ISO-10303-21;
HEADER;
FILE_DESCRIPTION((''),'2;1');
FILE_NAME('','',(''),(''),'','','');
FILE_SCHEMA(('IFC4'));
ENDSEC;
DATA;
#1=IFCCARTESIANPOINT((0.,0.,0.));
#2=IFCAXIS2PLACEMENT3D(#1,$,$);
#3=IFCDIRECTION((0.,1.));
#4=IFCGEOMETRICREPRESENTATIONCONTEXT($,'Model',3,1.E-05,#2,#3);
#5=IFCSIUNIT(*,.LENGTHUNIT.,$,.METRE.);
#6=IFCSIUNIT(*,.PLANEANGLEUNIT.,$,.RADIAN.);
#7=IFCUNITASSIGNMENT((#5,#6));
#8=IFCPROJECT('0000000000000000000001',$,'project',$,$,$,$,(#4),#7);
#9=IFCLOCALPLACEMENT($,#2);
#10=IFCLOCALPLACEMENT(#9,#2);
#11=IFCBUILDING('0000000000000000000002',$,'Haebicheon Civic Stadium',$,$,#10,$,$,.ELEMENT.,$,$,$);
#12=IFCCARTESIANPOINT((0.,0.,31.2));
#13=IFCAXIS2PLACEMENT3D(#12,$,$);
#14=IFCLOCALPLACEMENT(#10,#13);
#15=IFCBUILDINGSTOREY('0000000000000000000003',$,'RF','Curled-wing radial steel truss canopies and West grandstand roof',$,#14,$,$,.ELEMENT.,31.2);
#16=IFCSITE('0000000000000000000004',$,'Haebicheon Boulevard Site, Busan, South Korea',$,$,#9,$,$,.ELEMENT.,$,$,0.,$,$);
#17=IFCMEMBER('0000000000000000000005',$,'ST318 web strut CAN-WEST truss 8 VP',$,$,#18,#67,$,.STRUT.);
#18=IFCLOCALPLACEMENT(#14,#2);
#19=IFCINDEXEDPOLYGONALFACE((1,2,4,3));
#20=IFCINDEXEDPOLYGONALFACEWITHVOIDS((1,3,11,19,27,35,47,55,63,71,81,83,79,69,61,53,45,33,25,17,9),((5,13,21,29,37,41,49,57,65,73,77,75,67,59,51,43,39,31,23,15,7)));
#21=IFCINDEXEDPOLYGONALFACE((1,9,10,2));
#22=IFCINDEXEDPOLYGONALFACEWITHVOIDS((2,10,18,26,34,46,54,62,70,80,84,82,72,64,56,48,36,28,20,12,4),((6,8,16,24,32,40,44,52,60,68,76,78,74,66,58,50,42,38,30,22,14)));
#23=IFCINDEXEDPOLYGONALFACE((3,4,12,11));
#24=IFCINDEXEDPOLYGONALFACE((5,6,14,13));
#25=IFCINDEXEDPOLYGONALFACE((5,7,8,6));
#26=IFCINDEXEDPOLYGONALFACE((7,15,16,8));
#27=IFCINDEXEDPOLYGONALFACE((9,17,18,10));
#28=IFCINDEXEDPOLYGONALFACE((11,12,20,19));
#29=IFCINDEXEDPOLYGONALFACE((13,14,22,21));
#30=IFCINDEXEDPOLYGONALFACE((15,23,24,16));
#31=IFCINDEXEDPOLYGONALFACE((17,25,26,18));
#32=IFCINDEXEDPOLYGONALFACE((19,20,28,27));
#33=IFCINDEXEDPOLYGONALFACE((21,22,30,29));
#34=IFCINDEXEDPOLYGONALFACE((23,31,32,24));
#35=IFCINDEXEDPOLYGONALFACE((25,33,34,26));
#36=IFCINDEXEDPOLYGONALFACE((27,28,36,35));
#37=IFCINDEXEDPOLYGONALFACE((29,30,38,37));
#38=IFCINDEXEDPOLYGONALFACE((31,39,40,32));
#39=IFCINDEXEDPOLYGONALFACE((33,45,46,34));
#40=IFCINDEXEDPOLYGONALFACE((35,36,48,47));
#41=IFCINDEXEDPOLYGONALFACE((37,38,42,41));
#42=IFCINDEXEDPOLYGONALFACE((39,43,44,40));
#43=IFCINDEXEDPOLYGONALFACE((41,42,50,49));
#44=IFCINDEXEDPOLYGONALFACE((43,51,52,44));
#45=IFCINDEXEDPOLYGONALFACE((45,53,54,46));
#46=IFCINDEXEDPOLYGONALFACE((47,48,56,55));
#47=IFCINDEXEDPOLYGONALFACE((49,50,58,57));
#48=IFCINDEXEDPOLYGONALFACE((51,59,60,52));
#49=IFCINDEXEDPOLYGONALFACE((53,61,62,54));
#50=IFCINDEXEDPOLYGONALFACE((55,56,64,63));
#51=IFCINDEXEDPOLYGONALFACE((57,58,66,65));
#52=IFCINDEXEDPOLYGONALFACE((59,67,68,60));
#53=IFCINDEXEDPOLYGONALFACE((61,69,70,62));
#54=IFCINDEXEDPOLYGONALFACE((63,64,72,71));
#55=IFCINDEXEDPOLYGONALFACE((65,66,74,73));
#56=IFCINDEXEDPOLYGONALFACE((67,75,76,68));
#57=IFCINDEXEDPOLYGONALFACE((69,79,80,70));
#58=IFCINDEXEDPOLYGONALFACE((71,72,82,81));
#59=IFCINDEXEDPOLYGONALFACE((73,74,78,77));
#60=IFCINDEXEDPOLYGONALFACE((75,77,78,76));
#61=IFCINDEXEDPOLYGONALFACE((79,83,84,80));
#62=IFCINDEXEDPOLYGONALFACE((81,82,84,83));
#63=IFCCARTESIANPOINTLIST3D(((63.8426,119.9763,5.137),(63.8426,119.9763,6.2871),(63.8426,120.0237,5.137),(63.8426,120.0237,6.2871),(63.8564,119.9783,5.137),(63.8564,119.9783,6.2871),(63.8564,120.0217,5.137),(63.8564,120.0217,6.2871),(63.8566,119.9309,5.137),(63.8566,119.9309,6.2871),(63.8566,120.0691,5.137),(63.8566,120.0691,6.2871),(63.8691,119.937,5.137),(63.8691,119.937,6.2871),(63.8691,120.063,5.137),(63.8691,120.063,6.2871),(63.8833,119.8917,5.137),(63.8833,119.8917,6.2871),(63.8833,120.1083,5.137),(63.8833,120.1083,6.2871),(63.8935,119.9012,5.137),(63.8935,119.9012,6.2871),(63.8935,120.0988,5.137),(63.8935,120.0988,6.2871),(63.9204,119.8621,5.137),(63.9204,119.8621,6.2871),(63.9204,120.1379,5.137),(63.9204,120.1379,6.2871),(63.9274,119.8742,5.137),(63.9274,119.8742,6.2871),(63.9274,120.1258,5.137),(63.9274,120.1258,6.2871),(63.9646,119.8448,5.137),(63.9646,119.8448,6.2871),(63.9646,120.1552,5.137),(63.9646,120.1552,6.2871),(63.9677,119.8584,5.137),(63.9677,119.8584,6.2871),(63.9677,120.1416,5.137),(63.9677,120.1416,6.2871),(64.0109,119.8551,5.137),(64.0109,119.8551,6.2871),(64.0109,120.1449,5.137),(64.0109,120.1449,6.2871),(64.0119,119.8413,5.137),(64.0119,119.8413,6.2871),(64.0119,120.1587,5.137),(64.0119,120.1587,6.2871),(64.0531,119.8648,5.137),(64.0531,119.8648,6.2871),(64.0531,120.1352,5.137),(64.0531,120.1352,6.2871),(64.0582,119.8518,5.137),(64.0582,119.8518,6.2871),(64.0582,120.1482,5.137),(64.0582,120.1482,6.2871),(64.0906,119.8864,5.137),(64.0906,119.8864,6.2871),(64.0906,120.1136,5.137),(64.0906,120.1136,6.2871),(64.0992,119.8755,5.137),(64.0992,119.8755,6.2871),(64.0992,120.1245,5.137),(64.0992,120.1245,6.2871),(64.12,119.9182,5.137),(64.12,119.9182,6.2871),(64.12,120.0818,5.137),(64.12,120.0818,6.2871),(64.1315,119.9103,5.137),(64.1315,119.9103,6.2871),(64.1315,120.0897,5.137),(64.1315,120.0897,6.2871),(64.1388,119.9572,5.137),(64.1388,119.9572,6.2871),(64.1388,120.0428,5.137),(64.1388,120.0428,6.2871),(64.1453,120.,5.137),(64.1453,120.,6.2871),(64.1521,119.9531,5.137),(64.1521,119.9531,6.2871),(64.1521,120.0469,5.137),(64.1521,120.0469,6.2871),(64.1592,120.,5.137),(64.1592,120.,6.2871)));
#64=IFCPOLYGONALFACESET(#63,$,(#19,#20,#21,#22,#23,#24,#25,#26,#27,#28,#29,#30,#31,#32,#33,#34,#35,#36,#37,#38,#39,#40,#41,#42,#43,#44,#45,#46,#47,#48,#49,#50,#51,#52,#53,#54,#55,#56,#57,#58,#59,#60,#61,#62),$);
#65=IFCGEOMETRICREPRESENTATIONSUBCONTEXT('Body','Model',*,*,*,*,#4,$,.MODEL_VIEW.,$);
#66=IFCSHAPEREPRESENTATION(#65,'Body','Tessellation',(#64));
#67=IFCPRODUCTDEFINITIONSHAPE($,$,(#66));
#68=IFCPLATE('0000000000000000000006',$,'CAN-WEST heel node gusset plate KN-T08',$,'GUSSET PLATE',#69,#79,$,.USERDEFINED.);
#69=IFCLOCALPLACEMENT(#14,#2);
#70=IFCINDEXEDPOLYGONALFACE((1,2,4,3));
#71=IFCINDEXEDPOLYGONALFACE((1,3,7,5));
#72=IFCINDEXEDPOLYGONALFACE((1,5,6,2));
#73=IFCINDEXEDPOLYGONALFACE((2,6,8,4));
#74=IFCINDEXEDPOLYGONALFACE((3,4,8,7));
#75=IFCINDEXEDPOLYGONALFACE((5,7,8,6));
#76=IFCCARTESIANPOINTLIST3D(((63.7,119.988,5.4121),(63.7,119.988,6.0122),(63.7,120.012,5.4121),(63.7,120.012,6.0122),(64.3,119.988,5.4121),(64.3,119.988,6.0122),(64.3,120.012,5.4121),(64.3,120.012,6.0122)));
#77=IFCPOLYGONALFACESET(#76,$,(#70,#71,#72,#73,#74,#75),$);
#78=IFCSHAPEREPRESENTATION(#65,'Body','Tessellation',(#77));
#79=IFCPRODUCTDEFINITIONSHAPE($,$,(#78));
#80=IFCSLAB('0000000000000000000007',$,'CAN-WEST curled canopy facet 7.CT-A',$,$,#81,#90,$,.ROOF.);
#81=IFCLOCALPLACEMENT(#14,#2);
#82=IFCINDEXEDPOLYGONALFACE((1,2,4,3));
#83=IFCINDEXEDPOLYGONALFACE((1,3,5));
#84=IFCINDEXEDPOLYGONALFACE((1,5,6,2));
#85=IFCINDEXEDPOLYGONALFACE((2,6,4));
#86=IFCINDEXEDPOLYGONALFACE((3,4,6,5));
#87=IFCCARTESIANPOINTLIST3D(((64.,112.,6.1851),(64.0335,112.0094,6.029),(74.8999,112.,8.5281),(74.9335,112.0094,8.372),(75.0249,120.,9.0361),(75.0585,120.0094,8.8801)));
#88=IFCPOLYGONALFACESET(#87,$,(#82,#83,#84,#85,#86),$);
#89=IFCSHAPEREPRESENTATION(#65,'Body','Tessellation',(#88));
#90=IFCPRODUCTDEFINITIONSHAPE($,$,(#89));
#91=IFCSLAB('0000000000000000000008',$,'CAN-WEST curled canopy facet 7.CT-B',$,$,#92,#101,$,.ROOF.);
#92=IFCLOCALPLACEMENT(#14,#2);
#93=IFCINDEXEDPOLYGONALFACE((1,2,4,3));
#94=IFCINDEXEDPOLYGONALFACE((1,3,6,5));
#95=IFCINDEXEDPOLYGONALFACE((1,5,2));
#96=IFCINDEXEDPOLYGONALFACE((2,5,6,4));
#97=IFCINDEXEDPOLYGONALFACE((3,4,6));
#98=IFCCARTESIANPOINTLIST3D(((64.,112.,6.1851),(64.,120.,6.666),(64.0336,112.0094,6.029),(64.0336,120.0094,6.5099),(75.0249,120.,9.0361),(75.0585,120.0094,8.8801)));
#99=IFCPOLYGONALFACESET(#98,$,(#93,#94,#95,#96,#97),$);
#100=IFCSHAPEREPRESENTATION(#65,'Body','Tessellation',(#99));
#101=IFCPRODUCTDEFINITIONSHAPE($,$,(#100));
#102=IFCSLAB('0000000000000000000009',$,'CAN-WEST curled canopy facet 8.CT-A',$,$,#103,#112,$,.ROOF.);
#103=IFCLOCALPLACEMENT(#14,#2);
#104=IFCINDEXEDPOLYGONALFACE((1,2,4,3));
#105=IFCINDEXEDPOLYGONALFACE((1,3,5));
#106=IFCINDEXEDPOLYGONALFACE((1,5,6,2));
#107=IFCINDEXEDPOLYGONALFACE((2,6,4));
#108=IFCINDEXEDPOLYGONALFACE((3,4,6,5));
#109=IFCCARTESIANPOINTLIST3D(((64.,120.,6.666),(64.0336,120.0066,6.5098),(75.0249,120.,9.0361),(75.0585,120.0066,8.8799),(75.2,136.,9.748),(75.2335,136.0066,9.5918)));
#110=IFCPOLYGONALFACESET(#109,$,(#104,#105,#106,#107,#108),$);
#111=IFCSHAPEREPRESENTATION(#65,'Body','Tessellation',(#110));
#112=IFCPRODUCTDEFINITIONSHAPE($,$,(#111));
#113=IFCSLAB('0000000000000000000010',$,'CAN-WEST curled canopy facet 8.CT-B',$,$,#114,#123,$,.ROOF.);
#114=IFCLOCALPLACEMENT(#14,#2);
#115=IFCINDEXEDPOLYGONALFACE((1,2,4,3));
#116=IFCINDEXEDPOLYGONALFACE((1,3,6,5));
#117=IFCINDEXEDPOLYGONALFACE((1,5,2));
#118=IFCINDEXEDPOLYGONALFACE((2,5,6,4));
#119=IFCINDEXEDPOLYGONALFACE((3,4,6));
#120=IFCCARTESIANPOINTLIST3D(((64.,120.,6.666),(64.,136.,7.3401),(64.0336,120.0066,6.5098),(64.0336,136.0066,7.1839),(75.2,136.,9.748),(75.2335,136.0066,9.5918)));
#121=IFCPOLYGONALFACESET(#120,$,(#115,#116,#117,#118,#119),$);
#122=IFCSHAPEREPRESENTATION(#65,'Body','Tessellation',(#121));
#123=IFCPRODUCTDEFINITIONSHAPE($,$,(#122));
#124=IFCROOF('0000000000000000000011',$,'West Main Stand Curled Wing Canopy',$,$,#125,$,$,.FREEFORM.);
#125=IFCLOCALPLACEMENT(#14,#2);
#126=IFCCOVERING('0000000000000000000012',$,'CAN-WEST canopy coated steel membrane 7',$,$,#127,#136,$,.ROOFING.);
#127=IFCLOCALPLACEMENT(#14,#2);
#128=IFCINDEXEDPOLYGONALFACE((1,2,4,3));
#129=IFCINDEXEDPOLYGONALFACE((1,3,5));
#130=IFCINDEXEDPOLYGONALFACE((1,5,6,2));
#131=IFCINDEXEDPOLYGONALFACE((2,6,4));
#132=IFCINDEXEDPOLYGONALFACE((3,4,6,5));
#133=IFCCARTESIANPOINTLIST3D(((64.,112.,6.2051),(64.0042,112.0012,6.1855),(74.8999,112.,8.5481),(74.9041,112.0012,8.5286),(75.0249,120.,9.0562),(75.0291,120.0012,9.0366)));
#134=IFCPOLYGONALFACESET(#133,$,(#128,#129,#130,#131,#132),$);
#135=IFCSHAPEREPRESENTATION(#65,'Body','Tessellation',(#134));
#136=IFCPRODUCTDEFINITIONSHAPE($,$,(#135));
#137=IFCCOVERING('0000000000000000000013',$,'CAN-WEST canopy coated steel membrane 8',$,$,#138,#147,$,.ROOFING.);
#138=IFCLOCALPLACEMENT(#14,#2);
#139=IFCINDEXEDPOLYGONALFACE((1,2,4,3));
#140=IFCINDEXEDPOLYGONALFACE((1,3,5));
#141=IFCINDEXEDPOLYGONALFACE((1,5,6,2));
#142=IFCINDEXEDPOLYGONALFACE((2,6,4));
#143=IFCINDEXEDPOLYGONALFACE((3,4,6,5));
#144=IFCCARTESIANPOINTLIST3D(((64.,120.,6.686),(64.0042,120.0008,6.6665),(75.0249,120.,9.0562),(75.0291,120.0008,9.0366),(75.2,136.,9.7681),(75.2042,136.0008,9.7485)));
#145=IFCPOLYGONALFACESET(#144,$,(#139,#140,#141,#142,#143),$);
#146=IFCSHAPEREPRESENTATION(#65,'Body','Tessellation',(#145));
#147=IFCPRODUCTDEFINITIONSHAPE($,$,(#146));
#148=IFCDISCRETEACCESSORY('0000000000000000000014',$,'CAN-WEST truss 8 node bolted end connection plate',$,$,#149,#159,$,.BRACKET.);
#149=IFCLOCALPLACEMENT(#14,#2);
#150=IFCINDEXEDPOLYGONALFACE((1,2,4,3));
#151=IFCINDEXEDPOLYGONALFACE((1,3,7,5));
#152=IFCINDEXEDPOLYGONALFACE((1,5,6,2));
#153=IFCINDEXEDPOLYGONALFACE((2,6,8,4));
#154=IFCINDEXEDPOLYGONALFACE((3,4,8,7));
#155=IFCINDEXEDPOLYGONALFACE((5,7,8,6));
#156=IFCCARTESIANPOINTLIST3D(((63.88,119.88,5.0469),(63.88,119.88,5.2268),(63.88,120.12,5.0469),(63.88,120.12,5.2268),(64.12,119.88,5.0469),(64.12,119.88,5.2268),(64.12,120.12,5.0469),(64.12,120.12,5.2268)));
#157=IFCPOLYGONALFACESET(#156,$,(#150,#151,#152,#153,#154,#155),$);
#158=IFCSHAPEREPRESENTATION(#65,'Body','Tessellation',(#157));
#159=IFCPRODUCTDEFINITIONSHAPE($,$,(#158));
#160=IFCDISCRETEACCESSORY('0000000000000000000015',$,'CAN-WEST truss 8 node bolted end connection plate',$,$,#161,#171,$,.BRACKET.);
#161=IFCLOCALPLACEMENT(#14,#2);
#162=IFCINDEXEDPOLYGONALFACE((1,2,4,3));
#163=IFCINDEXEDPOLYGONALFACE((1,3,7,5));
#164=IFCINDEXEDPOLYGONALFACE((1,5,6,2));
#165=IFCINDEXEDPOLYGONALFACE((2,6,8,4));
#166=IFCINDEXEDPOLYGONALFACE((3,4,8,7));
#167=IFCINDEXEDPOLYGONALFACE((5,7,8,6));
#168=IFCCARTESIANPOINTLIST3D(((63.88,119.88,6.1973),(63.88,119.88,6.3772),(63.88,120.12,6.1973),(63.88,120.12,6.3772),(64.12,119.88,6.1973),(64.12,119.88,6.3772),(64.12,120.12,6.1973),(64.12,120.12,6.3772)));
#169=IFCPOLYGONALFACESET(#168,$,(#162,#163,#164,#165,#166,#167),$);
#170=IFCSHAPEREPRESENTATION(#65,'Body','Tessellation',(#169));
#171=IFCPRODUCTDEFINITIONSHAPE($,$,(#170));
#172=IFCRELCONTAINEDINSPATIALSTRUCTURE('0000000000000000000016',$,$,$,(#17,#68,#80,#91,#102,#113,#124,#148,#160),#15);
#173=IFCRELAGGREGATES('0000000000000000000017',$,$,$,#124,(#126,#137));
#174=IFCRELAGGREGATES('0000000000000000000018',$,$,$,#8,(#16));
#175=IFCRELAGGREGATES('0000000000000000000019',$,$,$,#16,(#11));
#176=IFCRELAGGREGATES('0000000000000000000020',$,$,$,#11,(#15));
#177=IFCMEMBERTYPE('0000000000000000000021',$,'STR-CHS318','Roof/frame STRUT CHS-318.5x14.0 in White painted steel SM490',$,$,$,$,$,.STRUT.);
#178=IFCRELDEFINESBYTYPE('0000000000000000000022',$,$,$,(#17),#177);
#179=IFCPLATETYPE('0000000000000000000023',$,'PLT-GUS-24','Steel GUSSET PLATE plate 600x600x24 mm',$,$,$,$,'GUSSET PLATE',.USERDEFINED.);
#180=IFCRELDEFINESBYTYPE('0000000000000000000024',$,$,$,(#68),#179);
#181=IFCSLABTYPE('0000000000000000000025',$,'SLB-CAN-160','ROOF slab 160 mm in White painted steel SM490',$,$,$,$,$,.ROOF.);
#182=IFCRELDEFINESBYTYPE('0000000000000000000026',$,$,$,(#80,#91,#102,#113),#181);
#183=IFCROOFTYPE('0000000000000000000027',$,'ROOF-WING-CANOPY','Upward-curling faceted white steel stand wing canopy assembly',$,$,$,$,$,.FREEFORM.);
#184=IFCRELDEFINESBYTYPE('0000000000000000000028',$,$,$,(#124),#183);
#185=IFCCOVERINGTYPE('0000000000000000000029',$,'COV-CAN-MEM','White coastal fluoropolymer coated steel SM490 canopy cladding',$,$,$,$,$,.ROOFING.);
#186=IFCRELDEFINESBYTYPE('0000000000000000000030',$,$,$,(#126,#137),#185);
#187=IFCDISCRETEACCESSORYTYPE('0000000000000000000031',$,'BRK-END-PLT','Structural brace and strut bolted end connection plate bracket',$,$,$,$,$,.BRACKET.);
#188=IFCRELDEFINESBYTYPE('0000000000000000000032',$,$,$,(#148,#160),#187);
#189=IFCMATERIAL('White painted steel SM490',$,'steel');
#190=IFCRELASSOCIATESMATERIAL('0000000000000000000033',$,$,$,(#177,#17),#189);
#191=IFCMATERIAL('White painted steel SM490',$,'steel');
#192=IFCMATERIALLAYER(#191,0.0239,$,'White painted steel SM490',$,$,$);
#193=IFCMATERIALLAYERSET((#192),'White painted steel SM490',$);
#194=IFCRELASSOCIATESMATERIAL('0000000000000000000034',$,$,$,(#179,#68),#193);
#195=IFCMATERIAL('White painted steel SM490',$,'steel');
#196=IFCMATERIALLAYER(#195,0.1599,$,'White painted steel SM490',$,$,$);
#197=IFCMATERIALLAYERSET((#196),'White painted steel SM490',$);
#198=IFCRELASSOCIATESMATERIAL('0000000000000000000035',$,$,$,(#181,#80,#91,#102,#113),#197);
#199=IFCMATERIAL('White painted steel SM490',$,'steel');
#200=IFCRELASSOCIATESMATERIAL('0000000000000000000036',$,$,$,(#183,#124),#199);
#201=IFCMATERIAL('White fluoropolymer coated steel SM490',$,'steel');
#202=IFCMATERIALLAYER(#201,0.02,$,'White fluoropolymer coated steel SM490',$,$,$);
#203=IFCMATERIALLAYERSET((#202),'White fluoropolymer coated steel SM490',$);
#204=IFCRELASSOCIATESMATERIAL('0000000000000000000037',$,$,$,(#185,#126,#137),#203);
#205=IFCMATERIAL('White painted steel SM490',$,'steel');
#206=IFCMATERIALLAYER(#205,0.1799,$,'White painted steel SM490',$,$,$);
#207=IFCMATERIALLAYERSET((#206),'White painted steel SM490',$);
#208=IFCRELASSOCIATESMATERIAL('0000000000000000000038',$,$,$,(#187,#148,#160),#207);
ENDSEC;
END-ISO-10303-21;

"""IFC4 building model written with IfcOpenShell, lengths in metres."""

from ifc_helpers import new_model, si_unit, direction, frame, origin, origin_2d, place, context, subcontext, project, spatial, polyline, rectangle, hollow_circle, outline, extrude, material, layer, layer_set, material_profile, profile_set, type_object, element, aggregate, save


model = new_model("IFC4")

# Units and contexts
model_context = context("Model", 3, precision=1e-05, world=origin(), true_north=direction((0.0, 1.0)))
body_context = subcontext(model_context, "Body", "Model", "MODEL_VIEW")
ifc_project = project(units=[si_unit("LENGTHUNIT", "METRE"), si_unit("PLANEANGLEUNIT", "RADIAN")], contexts=[model_context])

# Site, building, storey
site_placement = place(None, origin())
site = spatial("IfcSite", under=ifc_project, at=site_placement, Name="Haebicheon Boulevard Site, Busan, South Korea", CompositionType="ELEMENT", RefElevation=0.0)
building_placement = place(site_placement, origin())
building = spatial("IfcBuilding", under=site, at=building_placement, Name="Haebicheon Civic Stadium", CompositionType="ELEMENT")
storey_placement = place(building_placement, frame((0.0, 0.0, 31.2)))
storey = spatial("IfcBuildingStorey", under=building, at=storey_placement, Name="RF", Description="Curled-wing radial steel truss canopies and West grandstand roof", CompositionType="ELEMENT", Elevation=31.2)

# Member
ifc_material_1 = material(Name="White painted steel SM490", Category="steel")
ifc_material_profile_1 = material_profile(ifc_material_1, hollow_circle(Radius=0.1592, WallThickness=0.0139, at=origin_2d()), Name="CHS-318.5x14.0")
ifc_profile_set_1 = profile_set([ifc_material_profile_1], Name="White painted steel SM490")
member_type_1 = type_object("IfcMemberType", Name="STR-CHS318", Description="Roof/frame STRUT CHS-318.5x14.0 in White painted steel SM490", PredefinedType="STRUT", material=ifc_profile_set_1)
member_1_placement = place(storey_placement, frame((64.0, 120.0, 5.137), z_axis=(0.0, 0.0, 1.0), x_axis=(1.0, 0.0, 0.0)))
element("IfcMember", 1, at=member_1_placement, inside=storey, type_object=member_type_1, material=ifc_profile_set_1, Name="ST318 web strut CAN-WEST truss 8 VP", PredefinedType="STRUT", context=body_context, shape_type="SweptSolid", body=[
    extrude(hollow_circle(Radius=0.1592, WallThickness=0.0139, at=origin_2d()), origin(), (0.0, 0.0, 1.0), 1.1501),
])

# Plate
ifc_material_2 = material(Name="White painted steel SM490", Category="steel")
ifc_layer_1 = layer(ifc_material_2, 0.0239, Name="White painted steel SM490")
ifc_layer_set_1 = layer_set([ifc_layer_1], Name="White painted steel SM490")
plate_type = type_object("IfcPlateType", Name="PLT-GUS-24", Description="Steel GUSSET PLATE plate 600x600x24 mm", ElementType="GUSSET PLATE", PredefinedType="USERDEFINED", material=ifc_layer_set_1)
plate_placement = place(storey_placement, frame((64.0, 120.0, 5.4121), z_axis=(0.0, 0.0, 1.0), x_axis=(1.0, 0.0, 0.0)))
element("IfcPlate", 2, at=plate_placement, inside=storey, type_object=plate_type, material=ifc_layer_set_1, Name="CAN-WEST heel node gusset plate KN-T08", ObjectType="GUSSET PLATE", PredefinedType="USERDEFINED", context=body_context, shape_type="SweptSolid", body=[
    extrude(rectangle(XDim=0.6001, YDim=0.0239, at=origin_2d()), origin(), (0.0, 0.0, 1.0), 0.6001),
])

# Slabs
ifc_material_3 = material(Name="White painted steel SM490", Category="steel")
ifc_layer_2 = layer(ifc_material_3, 0.1599, Name="White painted steel SM490")
ifc_layer_set_2 = layer_set([ifc_layer_2], Name="White painted steel SM490")
slab_type = type_object("IfcSlabType", Name="SLB-CAN-160", Description="ROOF slab 160 mm in White painted steel SM490", PredefinedType="ROOF", material=ifc_layer_set_2)
slab_1_placement = place(storey_placement, frame((64.0, 112.0, 6.1851), z_axis=(-0.209795, -0.058704, 0.975982), x_axis=(0.977668, 0.0, 0.210157)))
element("IfcSlab", 3, at=slab_1_placement, inside=storey, type_object=slab_type, material=ifc_layer_set_2, Name="CAN-WEST curled canopy facet 7.CT-A", PredefinedType="ROOF", context=body_context, shape_type="SweptSolid", body=[
    extrude(outline(polyline([(0.0, 0.0), (11.1489, 0.0), (11.3779, 8.0138), (0.0, 0.0)])), origin(), (0.0, 0.0, -1.0), 0.1599),
])
slab_2_placement = place(storey_placement, frame((64.0, 112.0, 6.1851), z_axis=(-0.209815, -0.058675, 0.975979), x_axis=(0.792201, 0.574845, 0.204866)))
element("IfcSlab", 4, at=slab_2_placement, inside=storey, type_object=slab_type, material=ifc_layer_set_2, Name="CAN-WEST curled canopy facet 7.CT-B", PredefinedType="ROOF", context=body_context, shape_type="SweptSolid", body=[
    extrude(outline(polyline([(0.0, 0.0), (13.9168, 0.0), (4.6973, 6.4936), (0.0, 0.0)])), origin(), (0.0, 0.0, -1.0), 0.1599),
])
slab_3_placement = place(storey_placement, frame((64.0, 120.0, 6.666), z_axis=(-0.209998, -0.041166, 0.976835), x_axis=(0.977663, 0.0, 0.210177)))
element("IfcSlab", 5, at=slab_3_placement, inside=storey, type_object=slab_type, material=ifc_layer_set_2, Name="CAN-WEST curled canopy facet 8.CT-A", PredefinedType="ROOF", context=body_context, shape_type="SweptSolid", body=[
    extrude(outline(polyline([(0.0, 0.0), (11.2768, 0.0), (11.5976, 16.0136), (0.0, 0.0)])), origin(), (0.0, 0.0, -1.0), 0.1599),
])
slab_4_placement = place(storey_placement, frame((64.0, 120.0, 6.666), z_axis=(-0.210016, -0.041153, 0.976831), x_axis=(0.566451, 0.809219, 0.155877)))
element("IfcSlab", 6, at=slab_4_placement, inside=storey, type_object=slab_type, material=ifc_layer_set_2, Name="CAN-WEST curled canopy facet 8.CT-B", PredefinedType="ROOF", context=body_context, shape_type="SweptSolid", body=[
    extrude(outline(polyline([(0.0, 0.0), (19.7721, 0.0), (13.0526, 9.2782), (0.0, 0.0)])), origin(), (0.0, 0.0, -1.0), 0.1599),
])

# Roof, coverings
ifc_material_4 = material(Name="White painted steel SM490", Category="steel")
roof_type = type_object("IfcRoofType", Name="ROOF-WING-CANOPY", Description="Upward-curling faceted white steel stand wing canopy assembly", PredefinedType="FREEFORM", material=ifc_material_4)
roof_placement = place(storey_placement, origin())
roof = element("IfcRoof", 7, at=roof_placement, inside=storey, type_object=roof_type, material=ifc_material_4, Name="West Main Stand Curled Wing Canopy", PredefinedType="FREEFORM")
ifc_material_5 = material(Name="White fluoropolymer coated steel SM490", Category="steel")
ifc_layer_3 = layer(ifc_material_5, 0.02, Name="White fluoropolymer coated steel SM490")
ifc_layer_set_3 = layer_set([ifc_layer_3], Name="White fluoropolymer coated steel SM490")
covering_type = type_object("IfcCoveringType", Name="COV-CAN-MEM", Description="White coastal fluoropolymer coated steel SM490 canopy cladding", PredefinedType="ROOFING", material=ifc_layer_set_3)
covering_1_placement = place(storey_placement, frame((64.0, 112.0, 6.2051), z_axis=(-0.209795, -0.058704, 0.975982), x_axis=(0.977668, 0.0, 0.210157)))
covering_1 = element("IfcCovering", 8, at=covering_1_placement, type_object=covering_type, material=ifc_layer_set_3, Name="CAN-WEST canopy coated steel membrane 7", PredefinedType="ROOFING", context=body_context, shape_type="SweptSolid", body=[
    extrude(outline(polyline([(0.0, 0.0), (11.1489, 0.0), (11.3779, 8.0138), (0.0, 0.0)])), origin(), (0.0, 0.0, -1.0), 0.02),
])
covering_2_placement = place(storey_placement, frame((64.0, 120.0, 6.686), z_axis=(-0.209998, -0.041166, 0.976835), x_axis=(0.977663, 0.0, 0.210177)))
covering_2 = element("IfcCovering", 9, at=covering_2_placement, type_object=covering_type, material=ifc_layer_set_3, Name="CAN-WEST canopy coated steel membrane 8", PredefinedType="ROOFING", context=body_context, shape_type="SweptSolid", body=[
    extrude(outline(polyline([(0.0, 0.0), (11.2768, 0.0), (11.5976, 16.0136), (0.0, 0.0)])), origin(), (0.0, 0.0, -1.0), 0.02),
])
aggregate(roof, [covering_1, covering_2])

# Discrete accessories
ifc_material_6 = material(Name="White painted steel SM490", Category="steel")
ifc_layer_4 = layer(ifc_material_6, 0.1799, Name="White painted steel SM490")
ifc_layer_set_4 = layer_set([ifc_layer_4], Name="White painted steel SM490")
discrete_accessory_type = type_object("IfcDiscreteAccessoryType", Name="BRK-END-PLT", Description="Structural brace and strut bolted end connection plate bracket", PredefinedType="BRACKET", material=ifc_layer_set_4)
for number, where, z_axis, x_axis, name in (
    (10, (64.0, 120.0, 5.0469), (0.0, 0.0, 1.0), (1.0, 0.0, 0.0), "CAN-WEST truss 8 node bolted end connection plate"),
    (11, (64.0, 120.0, 6.1973), (0.0, 0.0, 1.0), (1.0, 0.0, 0.0), "CAN-WEST truss 8 node bolted end connection plate"),
):
    element("IfcDiscreteAccessory", number, at=place(storey_placement, frame(where, z_axis=z_axis, x_axis=x_axis)), inside=storey, type_object=discrete_accessory_type, material=ifc_layer_set_4, Name=name, PredefinedType="BRACKET", context=body_context, shape_type="SweptSolid", body=[
        extrude(rectangle(XDim=0.24, YDim=0.24, at=origin_2d()), origin(), (0.0, 0.0, 1.0), 0.1799),
    ])

save(model, "model.ifc")
